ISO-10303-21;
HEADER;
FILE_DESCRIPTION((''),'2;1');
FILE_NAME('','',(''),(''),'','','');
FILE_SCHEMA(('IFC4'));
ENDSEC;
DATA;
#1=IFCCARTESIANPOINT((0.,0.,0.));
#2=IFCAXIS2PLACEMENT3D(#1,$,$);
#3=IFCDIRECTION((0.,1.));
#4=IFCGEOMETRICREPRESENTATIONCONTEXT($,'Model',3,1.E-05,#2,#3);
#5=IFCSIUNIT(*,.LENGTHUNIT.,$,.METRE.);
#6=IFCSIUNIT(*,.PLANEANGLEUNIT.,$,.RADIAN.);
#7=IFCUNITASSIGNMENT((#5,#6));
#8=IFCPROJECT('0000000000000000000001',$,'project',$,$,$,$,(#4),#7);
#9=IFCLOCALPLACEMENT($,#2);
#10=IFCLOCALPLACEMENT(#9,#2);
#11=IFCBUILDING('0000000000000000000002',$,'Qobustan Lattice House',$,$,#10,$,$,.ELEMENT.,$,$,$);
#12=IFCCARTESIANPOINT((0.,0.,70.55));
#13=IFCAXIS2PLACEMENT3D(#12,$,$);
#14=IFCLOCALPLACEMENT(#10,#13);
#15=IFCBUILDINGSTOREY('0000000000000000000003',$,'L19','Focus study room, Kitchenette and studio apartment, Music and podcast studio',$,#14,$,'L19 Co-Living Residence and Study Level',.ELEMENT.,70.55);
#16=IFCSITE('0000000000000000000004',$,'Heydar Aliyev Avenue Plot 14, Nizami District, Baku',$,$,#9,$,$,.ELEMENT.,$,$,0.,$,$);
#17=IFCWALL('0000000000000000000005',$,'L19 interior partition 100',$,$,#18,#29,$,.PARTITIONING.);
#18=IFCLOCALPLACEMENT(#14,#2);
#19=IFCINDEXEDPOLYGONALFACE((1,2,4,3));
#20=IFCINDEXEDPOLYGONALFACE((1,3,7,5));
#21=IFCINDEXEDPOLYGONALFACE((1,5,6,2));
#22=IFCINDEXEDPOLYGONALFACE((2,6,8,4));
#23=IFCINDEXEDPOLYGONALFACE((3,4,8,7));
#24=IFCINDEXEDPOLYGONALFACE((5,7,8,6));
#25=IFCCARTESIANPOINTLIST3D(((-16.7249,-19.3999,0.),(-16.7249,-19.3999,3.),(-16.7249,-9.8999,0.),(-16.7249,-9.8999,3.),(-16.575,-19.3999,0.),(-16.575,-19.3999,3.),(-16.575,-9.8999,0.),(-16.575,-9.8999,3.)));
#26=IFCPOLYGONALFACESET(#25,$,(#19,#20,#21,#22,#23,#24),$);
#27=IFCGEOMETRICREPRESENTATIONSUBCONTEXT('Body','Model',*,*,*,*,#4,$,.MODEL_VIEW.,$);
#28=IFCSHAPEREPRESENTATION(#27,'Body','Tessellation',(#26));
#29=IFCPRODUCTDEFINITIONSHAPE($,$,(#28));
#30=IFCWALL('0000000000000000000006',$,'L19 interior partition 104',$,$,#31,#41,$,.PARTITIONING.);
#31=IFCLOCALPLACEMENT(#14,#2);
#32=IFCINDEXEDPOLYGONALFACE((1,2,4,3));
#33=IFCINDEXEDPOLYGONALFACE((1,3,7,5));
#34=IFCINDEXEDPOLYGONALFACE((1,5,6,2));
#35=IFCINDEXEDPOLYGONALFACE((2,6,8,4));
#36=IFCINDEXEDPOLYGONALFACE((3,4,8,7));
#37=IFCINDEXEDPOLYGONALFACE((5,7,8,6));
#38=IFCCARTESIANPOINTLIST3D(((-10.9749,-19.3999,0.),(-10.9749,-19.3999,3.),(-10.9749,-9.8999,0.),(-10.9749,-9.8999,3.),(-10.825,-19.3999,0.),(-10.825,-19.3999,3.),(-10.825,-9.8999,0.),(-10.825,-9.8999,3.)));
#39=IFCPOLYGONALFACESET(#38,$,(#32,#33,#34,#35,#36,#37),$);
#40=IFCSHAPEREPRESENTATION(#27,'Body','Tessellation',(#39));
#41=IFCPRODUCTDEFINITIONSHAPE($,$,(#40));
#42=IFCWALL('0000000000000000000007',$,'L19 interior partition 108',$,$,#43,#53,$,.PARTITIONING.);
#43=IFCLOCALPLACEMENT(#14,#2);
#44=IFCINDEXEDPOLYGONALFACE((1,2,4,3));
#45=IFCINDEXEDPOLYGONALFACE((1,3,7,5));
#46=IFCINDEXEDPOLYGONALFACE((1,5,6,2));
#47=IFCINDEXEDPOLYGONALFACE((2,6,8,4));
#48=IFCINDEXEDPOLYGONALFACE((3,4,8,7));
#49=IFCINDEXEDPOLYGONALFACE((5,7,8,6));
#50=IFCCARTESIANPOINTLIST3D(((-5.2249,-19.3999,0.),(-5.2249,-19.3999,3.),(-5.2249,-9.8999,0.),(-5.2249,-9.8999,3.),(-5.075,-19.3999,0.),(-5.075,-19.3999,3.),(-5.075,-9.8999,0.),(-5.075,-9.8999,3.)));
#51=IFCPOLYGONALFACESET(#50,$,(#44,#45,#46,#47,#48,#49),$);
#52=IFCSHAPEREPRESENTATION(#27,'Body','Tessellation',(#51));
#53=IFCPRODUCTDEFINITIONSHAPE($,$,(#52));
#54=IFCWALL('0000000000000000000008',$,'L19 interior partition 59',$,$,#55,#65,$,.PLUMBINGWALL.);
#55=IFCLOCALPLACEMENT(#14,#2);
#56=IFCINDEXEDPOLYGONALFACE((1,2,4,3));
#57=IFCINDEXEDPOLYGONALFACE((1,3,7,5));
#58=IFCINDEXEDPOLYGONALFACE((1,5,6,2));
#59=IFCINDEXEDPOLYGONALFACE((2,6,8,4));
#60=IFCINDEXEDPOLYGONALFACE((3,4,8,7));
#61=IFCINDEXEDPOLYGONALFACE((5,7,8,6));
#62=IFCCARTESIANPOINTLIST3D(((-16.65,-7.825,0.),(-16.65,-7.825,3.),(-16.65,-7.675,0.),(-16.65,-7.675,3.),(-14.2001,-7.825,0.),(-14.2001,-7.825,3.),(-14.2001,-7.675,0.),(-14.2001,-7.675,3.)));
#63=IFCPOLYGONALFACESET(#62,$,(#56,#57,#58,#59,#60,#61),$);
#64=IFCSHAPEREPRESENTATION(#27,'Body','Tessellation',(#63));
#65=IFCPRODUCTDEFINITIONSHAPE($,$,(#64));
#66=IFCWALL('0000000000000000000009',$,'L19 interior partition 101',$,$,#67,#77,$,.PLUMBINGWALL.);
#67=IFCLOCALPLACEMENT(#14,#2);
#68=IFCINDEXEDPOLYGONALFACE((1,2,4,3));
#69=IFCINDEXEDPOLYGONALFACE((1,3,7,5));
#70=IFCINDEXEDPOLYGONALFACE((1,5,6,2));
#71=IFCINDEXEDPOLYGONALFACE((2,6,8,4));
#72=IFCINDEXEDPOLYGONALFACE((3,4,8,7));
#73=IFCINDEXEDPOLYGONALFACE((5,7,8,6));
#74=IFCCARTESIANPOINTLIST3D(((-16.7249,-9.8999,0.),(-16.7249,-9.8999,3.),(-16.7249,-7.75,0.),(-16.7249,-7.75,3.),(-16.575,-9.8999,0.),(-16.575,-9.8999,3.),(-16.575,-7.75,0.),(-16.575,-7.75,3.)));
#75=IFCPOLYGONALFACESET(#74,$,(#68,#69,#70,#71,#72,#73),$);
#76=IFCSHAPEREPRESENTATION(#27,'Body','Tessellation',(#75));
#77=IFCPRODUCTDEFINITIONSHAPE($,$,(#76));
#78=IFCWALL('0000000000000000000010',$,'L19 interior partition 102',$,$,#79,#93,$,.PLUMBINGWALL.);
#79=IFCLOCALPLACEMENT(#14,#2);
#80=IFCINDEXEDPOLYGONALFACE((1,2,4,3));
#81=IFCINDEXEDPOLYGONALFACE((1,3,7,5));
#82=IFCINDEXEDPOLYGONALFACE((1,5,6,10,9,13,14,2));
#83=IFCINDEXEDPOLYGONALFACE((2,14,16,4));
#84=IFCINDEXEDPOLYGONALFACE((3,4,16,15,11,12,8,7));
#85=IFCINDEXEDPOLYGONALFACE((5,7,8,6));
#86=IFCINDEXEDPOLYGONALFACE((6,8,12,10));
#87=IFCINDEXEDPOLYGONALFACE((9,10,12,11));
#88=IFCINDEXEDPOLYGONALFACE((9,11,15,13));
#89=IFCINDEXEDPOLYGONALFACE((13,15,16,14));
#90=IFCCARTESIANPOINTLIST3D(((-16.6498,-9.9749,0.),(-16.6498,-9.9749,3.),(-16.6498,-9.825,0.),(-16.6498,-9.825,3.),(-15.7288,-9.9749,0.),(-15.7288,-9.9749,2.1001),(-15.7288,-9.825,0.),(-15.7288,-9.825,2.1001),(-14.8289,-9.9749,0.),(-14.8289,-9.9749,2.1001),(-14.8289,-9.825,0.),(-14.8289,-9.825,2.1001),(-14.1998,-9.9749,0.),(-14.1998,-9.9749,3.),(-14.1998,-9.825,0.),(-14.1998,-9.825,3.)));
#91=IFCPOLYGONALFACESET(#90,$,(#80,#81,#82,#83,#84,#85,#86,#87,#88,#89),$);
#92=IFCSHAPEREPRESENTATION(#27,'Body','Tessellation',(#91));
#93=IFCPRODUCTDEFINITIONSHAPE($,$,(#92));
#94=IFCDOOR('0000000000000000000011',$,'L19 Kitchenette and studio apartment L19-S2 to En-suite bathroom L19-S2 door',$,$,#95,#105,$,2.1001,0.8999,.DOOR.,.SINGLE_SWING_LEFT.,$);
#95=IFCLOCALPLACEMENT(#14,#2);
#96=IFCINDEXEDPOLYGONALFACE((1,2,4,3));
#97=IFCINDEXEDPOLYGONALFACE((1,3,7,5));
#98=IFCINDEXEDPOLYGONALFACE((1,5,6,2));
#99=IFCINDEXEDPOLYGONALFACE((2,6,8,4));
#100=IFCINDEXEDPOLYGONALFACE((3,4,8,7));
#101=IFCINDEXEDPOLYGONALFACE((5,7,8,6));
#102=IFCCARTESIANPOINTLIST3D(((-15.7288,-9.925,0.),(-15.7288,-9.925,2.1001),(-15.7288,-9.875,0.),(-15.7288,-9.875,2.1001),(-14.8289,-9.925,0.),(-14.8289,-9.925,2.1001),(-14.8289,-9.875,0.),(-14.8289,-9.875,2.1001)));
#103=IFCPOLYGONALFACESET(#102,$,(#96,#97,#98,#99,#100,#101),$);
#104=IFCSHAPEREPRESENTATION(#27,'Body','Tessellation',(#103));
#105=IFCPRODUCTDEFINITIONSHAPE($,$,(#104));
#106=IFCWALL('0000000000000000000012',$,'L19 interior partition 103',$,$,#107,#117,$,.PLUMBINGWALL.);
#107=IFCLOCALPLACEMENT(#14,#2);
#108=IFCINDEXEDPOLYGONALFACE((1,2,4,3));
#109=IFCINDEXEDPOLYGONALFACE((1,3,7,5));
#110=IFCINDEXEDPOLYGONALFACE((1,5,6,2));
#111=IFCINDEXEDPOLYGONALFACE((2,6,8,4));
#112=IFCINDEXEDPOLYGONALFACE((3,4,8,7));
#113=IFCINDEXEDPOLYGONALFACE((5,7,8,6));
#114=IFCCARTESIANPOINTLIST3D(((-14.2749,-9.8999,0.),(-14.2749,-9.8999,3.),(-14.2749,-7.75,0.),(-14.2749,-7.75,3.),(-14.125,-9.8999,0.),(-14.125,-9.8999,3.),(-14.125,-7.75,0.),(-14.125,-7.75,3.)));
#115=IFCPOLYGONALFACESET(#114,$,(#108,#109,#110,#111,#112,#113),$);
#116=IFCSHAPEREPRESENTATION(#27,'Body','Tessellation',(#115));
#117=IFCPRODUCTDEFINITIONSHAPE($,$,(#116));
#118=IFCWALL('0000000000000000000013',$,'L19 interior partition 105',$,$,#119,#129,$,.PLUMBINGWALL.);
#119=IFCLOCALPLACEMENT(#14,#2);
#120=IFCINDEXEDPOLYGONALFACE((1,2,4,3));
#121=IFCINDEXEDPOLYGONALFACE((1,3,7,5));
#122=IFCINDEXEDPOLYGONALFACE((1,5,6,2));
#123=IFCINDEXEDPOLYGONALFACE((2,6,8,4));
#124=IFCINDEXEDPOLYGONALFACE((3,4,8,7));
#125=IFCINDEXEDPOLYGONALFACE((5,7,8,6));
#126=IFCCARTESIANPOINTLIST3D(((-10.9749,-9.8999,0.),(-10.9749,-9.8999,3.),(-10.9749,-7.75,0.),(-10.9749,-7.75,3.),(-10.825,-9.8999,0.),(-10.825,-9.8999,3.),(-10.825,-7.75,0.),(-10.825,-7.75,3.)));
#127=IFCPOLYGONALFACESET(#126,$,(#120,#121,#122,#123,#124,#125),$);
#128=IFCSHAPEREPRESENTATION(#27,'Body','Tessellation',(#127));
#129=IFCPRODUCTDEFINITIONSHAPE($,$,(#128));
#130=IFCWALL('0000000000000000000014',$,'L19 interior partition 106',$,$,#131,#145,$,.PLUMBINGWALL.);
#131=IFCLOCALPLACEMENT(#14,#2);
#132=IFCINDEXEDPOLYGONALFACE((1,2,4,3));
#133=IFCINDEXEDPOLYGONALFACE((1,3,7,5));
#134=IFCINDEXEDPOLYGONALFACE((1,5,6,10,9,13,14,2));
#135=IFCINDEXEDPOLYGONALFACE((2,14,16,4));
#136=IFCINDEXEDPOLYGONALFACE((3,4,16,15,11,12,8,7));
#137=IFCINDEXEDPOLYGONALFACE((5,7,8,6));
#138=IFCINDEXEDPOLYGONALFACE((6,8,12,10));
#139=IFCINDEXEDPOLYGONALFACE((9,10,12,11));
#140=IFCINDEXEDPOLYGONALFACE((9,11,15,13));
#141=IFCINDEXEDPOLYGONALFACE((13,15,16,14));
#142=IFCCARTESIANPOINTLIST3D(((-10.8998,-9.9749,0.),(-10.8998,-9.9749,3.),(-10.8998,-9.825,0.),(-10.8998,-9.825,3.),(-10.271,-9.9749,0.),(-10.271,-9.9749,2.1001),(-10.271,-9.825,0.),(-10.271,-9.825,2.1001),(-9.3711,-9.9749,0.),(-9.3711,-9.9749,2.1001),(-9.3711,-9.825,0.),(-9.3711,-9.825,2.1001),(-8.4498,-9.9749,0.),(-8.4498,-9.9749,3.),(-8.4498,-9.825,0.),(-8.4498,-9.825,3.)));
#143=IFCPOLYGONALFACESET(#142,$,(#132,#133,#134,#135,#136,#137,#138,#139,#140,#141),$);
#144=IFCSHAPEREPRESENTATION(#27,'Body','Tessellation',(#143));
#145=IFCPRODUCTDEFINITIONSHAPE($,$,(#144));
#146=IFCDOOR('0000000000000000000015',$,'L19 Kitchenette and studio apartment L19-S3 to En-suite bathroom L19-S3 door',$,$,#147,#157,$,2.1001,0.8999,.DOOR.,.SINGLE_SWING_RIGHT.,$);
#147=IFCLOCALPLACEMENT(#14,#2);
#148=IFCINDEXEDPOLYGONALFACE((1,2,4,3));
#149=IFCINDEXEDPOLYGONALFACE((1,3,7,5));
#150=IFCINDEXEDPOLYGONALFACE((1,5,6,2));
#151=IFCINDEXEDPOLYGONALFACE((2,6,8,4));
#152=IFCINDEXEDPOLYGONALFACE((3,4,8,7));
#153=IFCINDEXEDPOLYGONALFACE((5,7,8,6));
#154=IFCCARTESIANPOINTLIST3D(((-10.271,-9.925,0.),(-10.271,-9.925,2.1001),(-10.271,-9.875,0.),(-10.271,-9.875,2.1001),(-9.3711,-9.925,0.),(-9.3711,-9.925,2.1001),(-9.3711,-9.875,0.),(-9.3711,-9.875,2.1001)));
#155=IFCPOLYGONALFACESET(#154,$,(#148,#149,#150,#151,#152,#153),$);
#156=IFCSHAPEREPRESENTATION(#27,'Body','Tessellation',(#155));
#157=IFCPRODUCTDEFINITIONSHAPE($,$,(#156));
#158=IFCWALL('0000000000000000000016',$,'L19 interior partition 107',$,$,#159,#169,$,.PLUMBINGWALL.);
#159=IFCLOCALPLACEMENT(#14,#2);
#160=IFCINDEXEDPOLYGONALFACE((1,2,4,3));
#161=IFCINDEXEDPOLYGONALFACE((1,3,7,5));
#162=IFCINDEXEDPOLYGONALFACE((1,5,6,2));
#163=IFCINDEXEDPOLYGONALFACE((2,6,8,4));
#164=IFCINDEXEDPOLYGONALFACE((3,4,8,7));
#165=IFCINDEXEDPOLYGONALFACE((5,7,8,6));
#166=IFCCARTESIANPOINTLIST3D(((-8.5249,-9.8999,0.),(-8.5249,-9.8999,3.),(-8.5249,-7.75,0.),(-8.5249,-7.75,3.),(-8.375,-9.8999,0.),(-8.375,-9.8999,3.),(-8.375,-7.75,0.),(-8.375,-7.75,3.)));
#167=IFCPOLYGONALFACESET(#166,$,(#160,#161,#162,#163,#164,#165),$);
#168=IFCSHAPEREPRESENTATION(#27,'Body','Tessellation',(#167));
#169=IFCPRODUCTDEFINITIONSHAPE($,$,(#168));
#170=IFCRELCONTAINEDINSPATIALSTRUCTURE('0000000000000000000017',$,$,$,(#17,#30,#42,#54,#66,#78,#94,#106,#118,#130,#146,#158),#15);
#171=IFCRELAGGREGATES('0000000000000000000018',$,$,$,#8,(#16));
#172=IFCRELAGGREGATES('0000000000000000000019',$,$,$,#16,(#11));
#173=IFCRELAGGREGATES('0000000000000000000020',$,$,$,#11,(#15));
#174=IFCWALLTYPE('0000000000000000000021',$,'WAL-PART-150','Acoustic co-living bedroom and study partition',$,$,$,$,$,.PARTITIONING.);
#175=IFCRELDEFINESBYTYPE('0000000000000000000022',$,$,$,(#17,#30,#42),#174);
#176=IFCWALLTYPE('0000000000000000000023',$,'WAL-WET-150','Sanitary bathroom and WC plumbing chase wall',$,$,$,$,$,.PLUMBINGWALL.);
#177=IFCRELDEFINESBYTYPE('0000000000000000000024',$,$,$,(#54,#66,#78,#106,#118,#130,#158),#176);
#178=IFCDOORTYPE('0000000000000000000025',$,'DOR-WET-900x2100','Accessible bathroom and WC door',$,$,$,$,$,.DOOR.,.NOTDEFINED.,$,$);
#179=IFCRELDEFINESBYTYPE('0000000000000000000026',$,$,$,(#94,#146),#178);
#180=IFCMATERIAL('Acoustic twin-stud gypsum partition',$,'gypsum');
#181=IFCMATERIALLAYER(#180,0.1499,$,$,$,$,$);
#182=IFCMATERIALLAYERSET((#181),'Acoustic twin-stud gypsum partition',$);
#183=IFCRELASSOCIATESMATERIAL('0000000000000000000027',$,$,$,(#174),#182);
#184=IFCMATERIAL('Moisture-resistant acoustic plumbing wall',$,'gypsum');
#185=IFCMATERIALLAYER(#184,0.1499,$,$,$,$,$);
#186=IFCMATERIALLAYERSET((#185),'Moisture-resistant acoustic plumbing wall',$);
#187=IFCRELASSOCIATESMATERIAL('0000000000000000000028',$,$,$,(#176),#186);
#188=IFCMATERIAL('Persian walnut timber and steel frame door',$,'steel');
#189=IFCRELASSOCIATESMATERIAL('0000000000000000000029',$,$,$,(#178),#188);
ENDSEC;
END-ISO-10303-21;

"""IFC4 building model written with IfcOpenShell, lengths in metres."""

from ifc_helpers import new_model, si_unit, direction, frame, frame_2d, origin, place, context, subcontext, project, spatial, rectangle, extrude, material, layer, layer_set, type_object, element, fill, save


model = new_model("IFC4")

# Units and contexts
model_context = context("Model", 3, precision=1e-05, world=origin(), true_north=direction((0.0, 1.0)))
body_context = subcontext(model_context, "Body", "Model", "MODEL_VIEW")
ifc_project = project(units=[si_unit("LENGTHUNIT", "METRE"), si_unit("PLANEANGLEUNIT", "RADIAN")], contexts=[model_context])

# Site, building, storey
site_placement = place(None, origin())
site = spatial("IfcSite", under=ifc_project, at=site_placement, Name="Heydar Aliyev Avenue Plot 14, Nizami District, Baku", CompositionType="ELEMENT", RefElevation=0.0)
building_placement = place(site_placement, origin())
building = spatial("IfcBuilding", under=site, at=building_placement, Name="Qobustan Lattice House", CompositionType="ELEMENT")
storey_placement = place(building_placement, frame((0.0, 0.0, 70.55)))
storey = spatial("IfcBuildingStorey", under=building, at=storey_placement, Name="L19", Description="Focus study room, Kitchenette and studio apartment, Music and podcast studio", LongName="L19 Co-Living Residence and Study Level", CompositionType="ELEMENT", Elevation=70.55)

# Shared definitions
ifc_material_1 = material(Name="Acoustic twin-stud gypsum partition", Category="gypsum")
ifc_layer_1 = layer(ifc_material_1, 0.1499)
ifc_layer_set_1 = layer_set([ifc_layer_1], Name="Acoustic twin-stud gypsum partition")
wall_type_1 = type_object("IfcWallType", Name="WAL-PART-150", Description="Acoustic co-living bedroom and study partition", PredefinedType="PARTITIONING", material=ifc_layer_set_1)

# Walls
for number, where, z_axis, x_axis, name in (
    (1, (-16.6499, -9.8999, 0.0), (0.0, 0.0, 1.0), (0.0, -1.0, 0.0), "L19 interior partition 100"),
    (2, (-10.8999, -9.8999, 0.0), (0.0, 0.0, 1.0), (0.0, -1.0, 0.0), "L19 interior partition 104"),
    (3, (-5.1499, -9.8999, 0.0), (0.0, 0.0, 1.0), (0.0, -1.0, 0.0), "L19 interior partition 108"),
):
    element("IfcWall", number, at=place(storey_placement, frame(where, z_axis=z_axis, x_axis=x_axis)), inside=storey, type_object=wall_type_1, Name=name, PredefinedType="PARTITIONING", context=body_context, shape_type="SweptSolid", body=[
        extrude(rectangle(XDim=9.5, YDim=0.1499, at=frame_2d((4.75, 0.0))), origin(), (0.0, 0.0, 1.0), 3.0),
    ])
ifc_material_2 = material(Name="Moisture-resistant acoustic plumbing wall", Category="gypsum")
ifc_layer_2 = layer(ifc_material_2, 0.1499)
ifc_layer_set_2 = layer_set([ifc_layer_2], Name="Moisture-resistant acoustic plumbing wall")
wall_type_2 = type_object("IfcWallType", Name="WAL-WET-150", Description="Sanitary bathroom and WC plumbing chase wall", PredefinedType="PLUMBINGWALL", material=ifc_layer_set_2)
wall_1_placement = place(storey_placement, frame((-14.2, -7.75, 0.0), z_axis=(0.0, 0.0, 1.0), x_axis=(-1.0, 0.0, 0.0)))
element("IfcWall", 4, at=wall_1_placement, inside=storey, type_object=wall_type_2, Name="L19 interior partition 59", PredefinedType="PLUMBINGWALL", context=body_context, shape_type="SweptSolid", body=[
    extrude(rectangle(XDim=2.45, YDim=0.1499, at=frame_2d((1.2251, 0.0))), origin(), (0.0, 0.0, 1.0), 3.0),
])
wall_2_placement = place(storey_placement, frame((-16.6499, -7.75, 0.0), z_axis=(0.0, 0.0, 1.0), x_axis=(0.0, -1.0, 0.0)))
element("IfcWall", 5, at=wall_2_placement, inside=storey, type_object=wall_type_2, Name="L19 interior partition 101", PredefinedType="PLUMBINGWALL", context=body_context, shape_type="SweptSolid", body=[
    extrude(rectangle(XDim=2.1499, YDim=0.1499, at=frame_2d((1.075, 0.0))), origin(), (0.0, 0.0, 1.0), 3.0),
])

# Wall, opening, door
wall_3_placement = place(storey_placement, frame((-16.6499, -9.8999, 0.0), z_axis=(0.0, 0.0, 1.0), x_axis=(1.0, 0.0, 0.0)))
wall_3 = element("IfcWall", 6, at=wall_3_placement, inside=storey, type_object=wall_type_2, Name="L19 interior partition 102", PredefinedType="PLUMBINGWALL", context=body_context, shape_type="SweptSolid", body=[
    extrude(rectangle(XDim=2.45, YDim=0.1499, at=frame_2d((1.2251, 0.0))), origin(), (0.0, 0.0, 1.0), 3.0),
])
opening_1_placement = place(wall_3_placement, frame((0.9211, 0.0, 0.0)))
opening_1 = element("IfcOpeningElement", 7, at=opening_1_placement, cuts=wall_3, PredefinedType="OPENING", context=body_context, shape_type="SweptSolid", body=[
    extrude(rectangle(XDim=0.8999, YDim=2.1001, at=frame_2d((0.45, 1.05))), frame((0.0, 0.085, 0.0), z_axis=(0.0, -1.0, 0.0), x_axis=(1.0, 0.0, 0.0)), (0.0, 0.0, 1.0), 0.1699),
])
ifc_material_3 = material(Name="Persian walnut timber and steel frame door", Category="steel")
door_type_1 = type_object("IfcDoorType", Name="DOR-WET-900x2100", Description="Accessible bathroom and WC door", OperationType="NOTDEFINED", PredefinedType="DOOR", material=ifc_material_3)
door_1_placement = place(opening_1_placement, origin())
door_1 = element("IfcDoor", 8, at=door_1_placement, inside=storey, type_object=door_type_1, Name="L19 Kitchenette and studio apartment L19-S2 to En-suite bathroom L19-S2 door", OperationType="SINGLE_SWING_LEFT", OverallHeight=2.1001, OverallWidth=0.8999, PredefinedType="DOOR", context=body_context, shape_type="SweptSolid", body=[
    extrude(rectangle(XDim=0.8999, YDim=2.1001, at=frame_2d((0.45, 1.05))), frame((0.0, 0.0249, 0.0), z_axis=(0.0, -1.0, 0.0), x_axis=(1.0, 0.0, 0.0)), (0.0, 0.0, 1.0), 0.05),
])
fill(opening_1, door_1)

# Walls
for number, where, z_axis, x_axis, name in (
    (9, (-14.2, -9.8999, 0.0), (0.0, 0.0, 1.0), (0.0, 1.0, 0.0), "L19 interior partition 103"),
    (10, (-10.8999, -7.75, 0.0), (0.0, 0.0, 1.0), (0.0, -1.0, 0.0), "L19 interior partition 105"),
):
    element("IfcWall", number, at=place(storey_placement, frame(where, z_axis=z_axis, x_axis=x_axis)), inside=storey, type_object=wall_type_2, Name=name, PredefinedType="PLUMBINGWALL", context=body_context, shape_type="SweptSolid", body=[
        extrude(rectangle(XDim=2.1499, YDim=0.1499, at=frame_2d((1.075, 0.0))), origin(), (0.0, 0.0, 1.0), 3.0),
    ])

# Wall, opening, door
wall_4_placement = place(storey_placement, frame((-10.8999, -9.8999, 0.0), z_axis=(0.0, 0.0, 1.0), x_axis=(1.0, 0.0, 0.0)))
wall_4 = element("IfcWall", 11, at=wall_4_placement, inside=storey, type_object=wall_type_2, Name="L19 interior partition 106", PredefinedType="PLUMBINGWALL", context=body_context, shape_type="SweptSolid", body=[
    extrude(rectangle(XDim=2.45, YDim=0.1499, at=frame_2d((1.2251, 0.0))), origin(), (0.0, 0.0, 1.0), 3.0),
])
opening_2_placement = place(wall_4_placement, frame((0.6289, 0.0, 0.0)))
opening_2 = element("IfcOpeningElement", 12, at=opening_2_placement, cuts=wall_4, PredefinedType="OPENING", context=body_context, shape_type="SweptSolid", body=[
    extrude(rectangle(XDim=0.8999, YDim=2.1001, at=frame_2d((0.45, 1.05))), frame((0.0, 0.085, 0.0), z_axis=(0.0, -1.0, 0.0), x_axis=(1.0, 0.0, 0.0)), (0.0, 0.0, 1.0), 0.1699),
])
door_2_placement = place(opening_2_placement, origin())
door_2 = element("IfcDoor", 13, at=door_2_placement, inside=storey, type_object=door_type_1, Name="L19 Kitchenette and studio apartment L19-S3 to En-suite bathroom L19-S3 door", OperationType="SINGLE_SWING_RIGHT", OverallHeight=2.1001, OverallWidth=0.8999, PredefinedType="DOOR", context=body_context, shape_type="SweptSolid", body=[
    extrude(rectangle(XDim=0.8999, YDim=2.1001, at=frame_2d((0.45, 1.05))), frame((0.0, 0.0249, 0.0), z_axis=(0.0, -1.0, 0.0), x_axis=(1.0, 0.0, 0.0)), (0.0, 0.0, 1.0), 0.05),
])
fill(opening_2, door_2)

# Wall
wall_5_placement = place(storey_placement, frame((-8.45, -9.8999, 0.0), z_axis=(0.0, 0.0, 1.0), x_axis=(0.0, 1.0, 0.0)))
element("IfcWall", 14, at=wall_5_placement, inside=storey, type_object=wall_type_2, Name="L19 interior partition 107", PredefinedType="PLUMBINGWALL", context=body_context, shape_type="SweptSolid", body=[
    extrude(rectangle(XDim=2.1499, YDim=0.1499, at=frame_2d((1.075, 0.0))), origin(), (0.0, 0.0, 1.0), 3.0),
])

save(model, "model.ifc")
